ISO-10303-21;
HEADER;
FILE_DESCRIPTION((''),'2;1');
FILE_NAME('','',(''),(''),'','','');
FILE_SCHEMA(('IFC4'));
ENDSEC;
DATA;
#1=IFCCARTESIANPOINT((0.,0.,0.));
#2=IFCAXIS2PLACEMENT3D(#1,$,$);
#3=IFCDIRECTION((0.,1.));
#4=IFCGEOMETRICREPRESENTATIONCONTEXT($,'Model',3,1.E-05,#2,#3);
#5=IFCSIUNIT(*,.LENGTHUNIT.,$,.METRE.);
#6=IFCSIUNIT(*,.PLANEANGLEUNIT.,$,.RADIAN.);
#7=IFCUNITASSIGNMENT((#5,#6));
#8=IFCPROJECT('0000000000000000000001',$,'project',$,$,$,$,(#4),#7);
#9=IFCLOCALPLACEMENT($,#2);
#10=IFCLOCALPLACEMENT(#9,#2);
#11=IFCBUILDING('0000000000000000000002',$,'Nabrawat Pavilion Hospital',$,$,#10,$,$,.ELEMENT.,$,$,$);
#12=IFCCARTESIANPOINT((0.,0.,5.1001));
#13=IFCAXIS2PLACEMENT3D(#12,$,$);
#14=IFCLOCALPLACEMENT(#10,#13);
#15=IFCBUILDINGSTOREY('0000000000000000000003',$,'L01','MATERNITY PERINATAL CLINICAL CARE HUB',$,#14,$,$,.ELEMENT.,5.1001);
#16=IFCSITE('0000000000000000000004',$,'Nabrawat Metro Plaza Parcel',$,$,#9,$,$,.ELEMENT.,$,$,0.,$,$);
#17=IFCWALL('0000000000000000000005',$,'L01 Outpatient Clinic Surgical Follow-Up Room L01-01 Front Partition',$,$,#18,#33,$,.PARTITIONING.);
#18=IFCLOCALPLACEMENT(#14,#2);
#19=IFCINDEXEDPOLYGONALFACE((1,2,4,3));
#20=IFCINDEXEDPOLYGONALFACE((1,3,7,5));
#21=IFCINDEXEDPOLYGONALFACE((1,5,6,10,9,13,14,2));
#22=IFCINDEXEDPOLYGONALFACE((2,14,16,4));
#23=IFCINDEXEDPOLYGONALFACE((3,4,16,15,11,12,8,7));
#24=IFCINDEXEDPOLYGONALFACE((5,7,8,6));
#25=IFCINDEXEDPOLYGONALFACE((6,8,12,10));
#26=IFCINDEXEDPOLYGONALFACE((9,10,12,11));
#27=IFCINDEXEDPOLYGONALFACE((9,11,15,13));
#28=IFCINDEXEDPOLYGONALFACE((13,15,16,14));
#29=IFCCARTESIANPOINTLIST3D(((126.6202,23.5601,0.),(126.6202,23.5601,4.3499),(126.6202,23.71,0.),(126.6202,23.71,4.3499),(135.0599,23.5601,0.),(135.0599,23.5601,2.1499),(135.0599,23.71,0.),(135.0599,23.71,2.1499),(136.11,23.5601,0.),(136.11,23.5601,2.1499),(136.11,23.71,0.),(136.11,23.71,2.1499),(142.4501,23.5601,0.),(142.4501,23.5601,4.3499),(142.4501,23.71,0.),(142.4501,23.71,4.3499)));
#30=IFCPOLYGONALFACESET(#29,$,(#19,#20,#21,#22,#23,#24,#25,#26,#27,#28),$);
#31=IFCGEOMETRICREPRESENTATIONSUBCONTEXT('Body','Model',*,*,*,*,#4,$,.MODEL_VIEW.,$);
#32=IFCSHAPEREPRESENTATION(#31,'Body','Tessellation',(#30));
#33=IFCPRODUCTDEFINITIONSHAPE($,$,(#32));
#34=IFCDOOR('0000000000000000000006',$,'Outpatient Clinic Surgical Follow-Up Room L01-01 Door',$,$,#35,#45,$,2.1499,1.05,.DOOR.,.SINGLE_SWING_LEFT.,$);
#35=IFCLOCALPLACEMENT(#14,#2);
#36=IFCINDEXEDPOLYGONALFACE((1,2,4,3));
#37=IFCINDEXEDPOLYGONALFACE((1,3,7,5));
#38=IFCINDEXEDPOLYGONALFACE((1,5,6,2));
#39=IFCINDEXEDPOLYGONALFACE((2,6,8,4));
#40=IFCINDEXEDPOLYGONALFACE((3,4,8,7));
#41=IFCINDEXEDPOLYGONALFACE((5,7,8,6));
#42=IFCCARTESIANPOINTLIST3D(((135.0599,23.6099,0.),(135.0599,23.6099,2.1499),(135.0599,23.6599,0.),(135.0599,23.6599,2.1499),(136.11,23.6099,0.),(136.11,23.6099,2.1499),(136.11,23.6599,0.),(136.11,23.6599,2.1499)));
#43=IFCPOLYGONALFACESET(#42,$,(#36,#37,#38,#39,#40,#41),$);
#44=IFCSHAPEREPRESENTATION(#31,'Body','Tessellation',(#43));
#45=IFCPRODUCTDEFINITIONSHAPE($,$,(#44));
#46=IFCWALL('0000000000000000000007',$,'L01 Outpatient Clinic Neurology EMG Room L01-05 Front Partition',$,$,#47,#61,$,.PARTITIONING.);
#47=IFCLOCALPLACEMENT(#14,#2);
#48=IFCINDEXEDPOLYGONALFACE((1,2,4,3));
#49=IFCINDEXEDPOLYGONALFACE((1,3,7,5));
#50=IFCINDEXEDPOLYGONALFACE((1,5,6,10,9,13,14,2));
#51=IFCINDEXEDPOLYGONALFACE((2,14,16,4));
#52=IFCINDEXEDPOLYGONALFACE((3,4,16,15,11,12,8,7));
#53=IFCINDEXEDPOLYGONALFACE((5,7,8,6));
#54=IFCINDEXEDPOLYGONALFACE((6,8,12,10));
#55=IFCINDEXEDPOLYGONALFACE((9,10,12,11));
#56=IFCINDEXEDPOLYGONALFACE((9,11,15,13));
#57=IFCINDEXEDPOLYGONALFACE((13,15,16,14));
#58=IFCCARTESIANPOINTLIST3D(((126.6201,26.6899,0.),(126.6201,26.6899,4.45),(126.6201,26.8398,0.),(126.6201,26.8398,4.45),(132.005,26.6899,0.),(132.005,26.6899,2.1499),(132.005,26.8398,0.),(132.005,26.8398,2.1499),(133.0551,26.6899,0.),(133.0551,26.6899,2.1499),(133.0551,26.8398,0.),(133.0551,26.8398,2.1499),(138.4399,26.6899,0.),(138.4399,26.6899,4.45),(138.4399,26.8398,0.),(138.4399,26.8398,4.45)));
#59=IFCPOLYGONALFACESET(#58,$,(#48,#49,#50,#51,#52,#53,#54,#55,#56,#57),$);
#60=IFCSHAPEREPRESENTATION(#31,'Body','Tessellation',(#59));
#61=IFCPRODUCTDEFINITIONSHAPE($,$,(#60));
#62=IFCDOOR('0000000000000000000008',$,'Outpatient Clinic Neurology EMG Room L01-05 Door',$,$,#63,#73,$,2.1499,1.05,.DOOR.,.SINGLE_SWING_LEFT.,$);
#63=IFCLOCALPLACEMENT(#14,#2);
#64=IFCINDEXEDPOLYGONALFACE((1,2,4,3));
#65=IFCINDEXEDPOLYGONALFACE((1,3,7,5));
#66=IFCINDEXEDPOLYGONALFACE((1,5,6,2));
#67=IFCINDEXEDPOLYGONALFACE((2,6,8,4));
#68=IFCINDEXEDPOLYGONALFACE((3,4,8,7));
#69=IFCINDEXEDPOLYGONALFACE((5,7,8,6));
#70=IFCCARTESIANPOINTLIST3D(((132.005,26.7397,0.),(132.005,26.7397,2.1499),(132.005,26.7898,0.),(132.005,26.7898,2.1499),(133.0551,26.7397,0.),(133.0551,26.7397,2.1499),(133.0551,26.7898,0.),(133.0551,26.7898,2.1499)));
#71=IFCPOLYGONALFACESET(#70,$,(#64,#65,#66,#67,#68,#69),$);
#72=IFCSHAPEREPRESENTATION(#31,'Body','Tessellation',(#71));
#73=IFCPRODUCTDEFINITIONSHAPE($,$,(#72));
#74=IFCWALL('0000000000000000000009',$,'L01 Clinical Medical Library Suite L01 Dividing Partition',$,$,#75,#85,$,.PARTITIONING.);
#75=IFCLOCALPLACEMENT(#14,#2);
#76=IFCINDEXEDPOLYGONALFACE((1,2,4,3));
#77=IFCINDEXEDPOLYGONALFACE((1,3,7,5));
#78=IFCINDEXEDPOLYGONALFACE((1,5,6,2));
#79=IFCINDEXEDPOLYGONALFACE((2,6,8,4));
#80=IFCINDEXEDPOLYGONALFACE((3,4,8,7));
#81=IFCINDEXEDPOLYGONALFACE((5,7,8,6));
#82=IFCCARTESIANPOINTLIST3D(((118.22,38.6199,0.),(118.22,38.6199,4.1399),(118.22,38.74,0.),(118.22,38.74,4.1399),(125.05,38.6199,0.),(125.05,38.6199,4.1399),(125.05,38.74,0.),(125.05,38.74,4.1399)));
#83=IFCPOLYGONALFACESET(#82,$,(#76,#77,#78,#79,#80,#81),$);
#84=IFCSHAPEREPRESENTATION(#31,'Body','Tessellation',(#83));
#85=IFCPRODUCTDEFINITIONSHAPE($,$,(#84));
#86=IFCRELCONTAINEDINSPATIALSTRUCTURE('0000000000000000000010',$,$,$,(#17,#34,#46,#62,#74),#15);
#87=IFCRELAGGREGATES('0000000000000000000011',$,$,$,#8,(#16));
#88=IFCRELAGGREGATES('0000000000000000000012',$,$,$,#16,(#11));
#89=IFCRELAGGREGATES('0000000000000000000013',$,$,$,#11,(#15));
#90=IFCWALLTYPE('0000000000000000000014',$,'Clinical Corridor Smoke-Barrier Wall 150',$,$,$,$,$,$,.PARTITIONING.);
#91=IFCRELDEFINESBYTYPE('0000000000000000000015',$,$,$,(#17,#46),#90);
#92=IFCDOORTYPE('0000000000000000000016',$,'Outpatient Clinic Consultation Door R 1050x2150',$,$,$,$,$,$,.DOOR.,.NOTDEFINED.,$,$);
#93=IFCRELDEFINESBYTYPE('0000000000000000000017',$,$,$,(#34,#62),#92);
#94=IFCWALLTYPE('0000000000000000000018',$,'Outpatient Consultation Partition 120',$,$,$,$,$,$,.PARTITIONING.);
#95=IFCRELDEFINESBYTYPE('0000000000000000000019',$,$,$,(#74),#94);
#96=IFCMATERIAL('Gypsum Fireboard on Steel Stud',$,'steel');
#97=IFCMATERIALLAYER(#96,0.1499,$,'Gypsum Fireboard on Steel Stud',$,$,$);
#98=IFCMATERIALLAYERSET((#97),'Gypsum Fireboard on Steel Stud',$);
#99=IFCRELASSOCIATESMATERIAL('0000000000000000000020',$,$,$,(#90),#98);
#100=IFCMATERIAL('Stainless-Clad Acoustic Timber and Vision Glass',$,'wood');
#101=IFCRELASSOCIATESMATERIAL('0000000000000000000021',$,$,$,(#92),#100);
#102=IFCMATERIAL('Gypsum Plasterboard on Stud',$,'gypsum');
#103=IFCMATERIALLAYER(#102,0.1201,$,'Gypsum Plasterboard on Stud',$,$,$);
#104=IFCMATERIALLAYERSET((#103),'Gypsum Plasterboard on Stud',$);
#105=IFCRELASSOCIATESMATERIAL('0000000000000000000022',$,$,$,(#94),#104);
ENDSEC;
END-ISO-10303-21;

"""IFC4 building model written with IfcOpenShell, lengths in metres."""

from ifc_helpers import new_model, si_unit, direction, frame, frame_2d, origin, place, context, subcontext, project, spatial, rectangle, extrude, material, layer, layer_set, type_object, element, fill, save


model = new_model("IFC4")

# Units and contexts
model_context = context("Model", 3, precision=1e-05, world=origin(), true_north=direction((0.0, 1.0)))
body_context = subcontext(model_context, "Body", "Model", "MODEL_VIEW")
ifc_project = project(units=[si_unit("LENGTHUNIT", "METRE"), si_unit("PLANEANGLEUNIT", "RADIAN")], contexts=[model_context])

# Site, building, storey
site_placement = place(None, origin())
site = spatial("IfcSite", under=ifc_project, at=site_placement, Name="Nabrawat Metro Plaza Parcel", CompositionType="ELEMENT", RefElevation=0.0)
building_placement = place(site_placement, origin())
building = spatial("IfcBuilding", under=site, at=building_placement, Name="Nabrawat Pavilion Hospital", CompositionType="ELEMENT")
storey_placement = place(building_placement, frame((0.0, 0.0, 5.1001)))
storey = spatial("IfcBuildingStorey", under=building, at=storey_placement, Name="L01", Description="MATERNITY PERINATAL CLINICAL CARE HUB", CompositionType="ELEMENT", Elevation=5.1001)

# Walls, openings, doors
ifc_material_1 = material(Name="Gypsum Fireboard on Steel Stud", Category="steel")
ifc_layer_1 = layer(ifc_material_1, 0.1499, Name="Gypsum Fireboard on Steel Stud")
ifc_layer_set_1 = layer_set([ifc_layer_1], Name="Gypsum Fireboard on Steel Stud")
wall_type_1 = type_object("IfcWallType", Name="Clinical Corridor Smoke-Barrier Wall 150", PredefinedType="PARTITIONING", material=ifc_layer_set_1)
wall_1_placement = place(storey_placement, frame((126.6201, 23.635, 0.0), z_axis=(0.0, 0.0, 1.0), x_axis=(1.0, 0.0, 0.0)))
wall_1 = element("IfcWall", 1, at=wall_1_placement, inside=storey, type_object=wall_type_1, Name="L01 Outpatient Clinic Surgical Follow-Up Room L01-01 Front Partition", PredefinedType="PARTITIONING", context=body_context, shape_type="SweptSolid", body=[
    extrude(rectangle(XDim=15.8298, YDim=0.1499, at=frame_2d((7.915, 0.0))), origin(), (0.0, 0.0, 1.0), 4.3499),
])
opening_1_placement = place(wall_1_placement, frame((8.4399, 0.0, 0.0)))
opening_1 = element("IfcOpeningElement", 2, at=opening_1_placement, cuts=wall_1, PredefinedType="OPENING", context=body_context, shape_type="SweptSolid", body=[
    extrude(rectangle(XDim=1.05, YDim=2.1499, at=frame_2d((0.5249, 1.075))), frame((0.0, 0.085, 0.0), z_axis=(0.0, -1.0, 0.0), x_axis=(1.0, 0.0, 0.0)), (0.0, 0.0, 1.0), 0.1699),
])
ifc_material_2 = material(Name="Stainless-Clad Acoustic Timber and Vision Glass", Category="wood")
door_type = type_object("IfcDoorType", Name="Outpatient Clinic Consultation Door R 1050x2150", OperationType="NOTDEFINED", PredefinedType="DOOR", material=ifc_material_2)
door_1_placement = place(opening_1_placement, origin())
door_1 = element("IfcDoor", 3, at=door_1_placement, inside=storey, type_object=door_type, Name="Outpatient Clinic Surgical Follow-Up Room L01-01 Door", OperationType="SINGLE_SWING_LEFT", OverallHeight=2.1499, OverallWidth=1.05, PredefinedType="DOOR", context=body_context, shape_type="SweptSolid", body=[
    extrude(rectangle(XDim=1.05, YDim=2.1499, at=frame_2d((0.5249, 1.075))), frame((0.0, 0.0249, 0.0), z_axis=(0.0, -1.0, 0.0), x_axis=(1.0, 0.0, 0.0)), (0.0, 0.0, 1.0), 0.05),
])
fill(opening_1, door_1)
wall_2_placement = place(storey_placement, frame((126.6201, 26.7649, 0.0), z_axis=(0.0, 0.0, 1.0), x_axis=(1.0, 0.0, 0.0)))
wall_2 = element("IfcWall", 4, at=wall_2_placement, inside=storey, type_object=wall_type_1, Name="L01 Outpatient Clinic Neurology EMG Room L01-05 Front Partition", PredefinedType="PARTITIONING", context=body_context, shape_type="SweptSolid", body=[
    extrude(rectangle(XDim=11.8198, YDim=0.1499, at=frame_2d((5.9099, 0.0))), origin(), (0.0, 0.0, 1.0), 4.45),
])
opening_2_placement = place(wall_2_placement, frame((5.385, 0.0, 0.0)))
opening_2 = element("IfcOpeningElement", 5, at=opening_2_placement, cuts=wall_2, PredefinedType="OPENING", context=body_context, shape_type="SweptSolid", body=[
    extrude(rectangle(XDim=1.05, YDim=2.1499, at=frame_2d((0.5249, 1.075))), frame((0.0, 0.085, 0.0), z_axis=(0.0, -1.0, 0.0), x_axis=(1.0, 0.0, 0.0)), (0.0, 0.0, 1.0), 0.1699),
])
door_2_placement = place(opening_2_placement, origin())
door_2 = element("IfcDoor", 6, at=door_2_placement, inside=storey, type_object=door_type, Name="Outpatient Clinic Neurology EMG Room L01-05 Door", OperationType="SINGLE_SWING_LEFT", OverallHeight=2.1499, OverallWidth=1.05, PredefinedType="DOOR", context=body_context, shape_type="SweptSolid", body=[
    extrude(rectangle(XDim=1.05, YDim=2.1499, at=frame_2d((0.5249, 1.075))), frame((0.0, 0.0249, 0.0), z_axis=(0.0, -1.0, 0.0), x_axis=(1.0, 0.0, 0.0)), (0.0, 0.0, 1.0), 0.05),
])
fill(opening_2, door_2)

# Wall
ifc_material_3 = material(Name="Gypsum Plasterboard on Stud", Category="gypsum")
ifc_layer_2 = layer(ifc_material_3, 0.1201, Name="Gypsum Plasterboard on Stud")
ifc_layer_set_2 = layer_set([ifc_layer_2], Name="Gypsum Plasterboard on Stud")
wall_type_2 = type_object("IfcWallType", Name="Outpatient Consultation Partition 120", PredefinedType="PARTITIONING", material=ifc_layer_set_2)
wall_3_placement = place(storey_placement, frame((118.22, 38.6799, 0.0), z_axis=(0.0, 0.0, 1.0), x_axis=(1.0, 0.0, 0.0)))
element("IfcWall", 7, at=wall_3_placement, inside=storey, type_object=wall_type_2, Name="L01 Clinical Medical Library Suite L01 Dividing Partition", PredefinedType="PARTITIONING", context=body_context, shape_type="SweptSolid", body=[
    extrude(rectangle(XDim=6.8301, YDim=0.1201, at=frame_2d((3.415, 0.0))), origin(), (0.0, 0.0, 1.0), 4.1399),
])

save(model, "model.ifc")
